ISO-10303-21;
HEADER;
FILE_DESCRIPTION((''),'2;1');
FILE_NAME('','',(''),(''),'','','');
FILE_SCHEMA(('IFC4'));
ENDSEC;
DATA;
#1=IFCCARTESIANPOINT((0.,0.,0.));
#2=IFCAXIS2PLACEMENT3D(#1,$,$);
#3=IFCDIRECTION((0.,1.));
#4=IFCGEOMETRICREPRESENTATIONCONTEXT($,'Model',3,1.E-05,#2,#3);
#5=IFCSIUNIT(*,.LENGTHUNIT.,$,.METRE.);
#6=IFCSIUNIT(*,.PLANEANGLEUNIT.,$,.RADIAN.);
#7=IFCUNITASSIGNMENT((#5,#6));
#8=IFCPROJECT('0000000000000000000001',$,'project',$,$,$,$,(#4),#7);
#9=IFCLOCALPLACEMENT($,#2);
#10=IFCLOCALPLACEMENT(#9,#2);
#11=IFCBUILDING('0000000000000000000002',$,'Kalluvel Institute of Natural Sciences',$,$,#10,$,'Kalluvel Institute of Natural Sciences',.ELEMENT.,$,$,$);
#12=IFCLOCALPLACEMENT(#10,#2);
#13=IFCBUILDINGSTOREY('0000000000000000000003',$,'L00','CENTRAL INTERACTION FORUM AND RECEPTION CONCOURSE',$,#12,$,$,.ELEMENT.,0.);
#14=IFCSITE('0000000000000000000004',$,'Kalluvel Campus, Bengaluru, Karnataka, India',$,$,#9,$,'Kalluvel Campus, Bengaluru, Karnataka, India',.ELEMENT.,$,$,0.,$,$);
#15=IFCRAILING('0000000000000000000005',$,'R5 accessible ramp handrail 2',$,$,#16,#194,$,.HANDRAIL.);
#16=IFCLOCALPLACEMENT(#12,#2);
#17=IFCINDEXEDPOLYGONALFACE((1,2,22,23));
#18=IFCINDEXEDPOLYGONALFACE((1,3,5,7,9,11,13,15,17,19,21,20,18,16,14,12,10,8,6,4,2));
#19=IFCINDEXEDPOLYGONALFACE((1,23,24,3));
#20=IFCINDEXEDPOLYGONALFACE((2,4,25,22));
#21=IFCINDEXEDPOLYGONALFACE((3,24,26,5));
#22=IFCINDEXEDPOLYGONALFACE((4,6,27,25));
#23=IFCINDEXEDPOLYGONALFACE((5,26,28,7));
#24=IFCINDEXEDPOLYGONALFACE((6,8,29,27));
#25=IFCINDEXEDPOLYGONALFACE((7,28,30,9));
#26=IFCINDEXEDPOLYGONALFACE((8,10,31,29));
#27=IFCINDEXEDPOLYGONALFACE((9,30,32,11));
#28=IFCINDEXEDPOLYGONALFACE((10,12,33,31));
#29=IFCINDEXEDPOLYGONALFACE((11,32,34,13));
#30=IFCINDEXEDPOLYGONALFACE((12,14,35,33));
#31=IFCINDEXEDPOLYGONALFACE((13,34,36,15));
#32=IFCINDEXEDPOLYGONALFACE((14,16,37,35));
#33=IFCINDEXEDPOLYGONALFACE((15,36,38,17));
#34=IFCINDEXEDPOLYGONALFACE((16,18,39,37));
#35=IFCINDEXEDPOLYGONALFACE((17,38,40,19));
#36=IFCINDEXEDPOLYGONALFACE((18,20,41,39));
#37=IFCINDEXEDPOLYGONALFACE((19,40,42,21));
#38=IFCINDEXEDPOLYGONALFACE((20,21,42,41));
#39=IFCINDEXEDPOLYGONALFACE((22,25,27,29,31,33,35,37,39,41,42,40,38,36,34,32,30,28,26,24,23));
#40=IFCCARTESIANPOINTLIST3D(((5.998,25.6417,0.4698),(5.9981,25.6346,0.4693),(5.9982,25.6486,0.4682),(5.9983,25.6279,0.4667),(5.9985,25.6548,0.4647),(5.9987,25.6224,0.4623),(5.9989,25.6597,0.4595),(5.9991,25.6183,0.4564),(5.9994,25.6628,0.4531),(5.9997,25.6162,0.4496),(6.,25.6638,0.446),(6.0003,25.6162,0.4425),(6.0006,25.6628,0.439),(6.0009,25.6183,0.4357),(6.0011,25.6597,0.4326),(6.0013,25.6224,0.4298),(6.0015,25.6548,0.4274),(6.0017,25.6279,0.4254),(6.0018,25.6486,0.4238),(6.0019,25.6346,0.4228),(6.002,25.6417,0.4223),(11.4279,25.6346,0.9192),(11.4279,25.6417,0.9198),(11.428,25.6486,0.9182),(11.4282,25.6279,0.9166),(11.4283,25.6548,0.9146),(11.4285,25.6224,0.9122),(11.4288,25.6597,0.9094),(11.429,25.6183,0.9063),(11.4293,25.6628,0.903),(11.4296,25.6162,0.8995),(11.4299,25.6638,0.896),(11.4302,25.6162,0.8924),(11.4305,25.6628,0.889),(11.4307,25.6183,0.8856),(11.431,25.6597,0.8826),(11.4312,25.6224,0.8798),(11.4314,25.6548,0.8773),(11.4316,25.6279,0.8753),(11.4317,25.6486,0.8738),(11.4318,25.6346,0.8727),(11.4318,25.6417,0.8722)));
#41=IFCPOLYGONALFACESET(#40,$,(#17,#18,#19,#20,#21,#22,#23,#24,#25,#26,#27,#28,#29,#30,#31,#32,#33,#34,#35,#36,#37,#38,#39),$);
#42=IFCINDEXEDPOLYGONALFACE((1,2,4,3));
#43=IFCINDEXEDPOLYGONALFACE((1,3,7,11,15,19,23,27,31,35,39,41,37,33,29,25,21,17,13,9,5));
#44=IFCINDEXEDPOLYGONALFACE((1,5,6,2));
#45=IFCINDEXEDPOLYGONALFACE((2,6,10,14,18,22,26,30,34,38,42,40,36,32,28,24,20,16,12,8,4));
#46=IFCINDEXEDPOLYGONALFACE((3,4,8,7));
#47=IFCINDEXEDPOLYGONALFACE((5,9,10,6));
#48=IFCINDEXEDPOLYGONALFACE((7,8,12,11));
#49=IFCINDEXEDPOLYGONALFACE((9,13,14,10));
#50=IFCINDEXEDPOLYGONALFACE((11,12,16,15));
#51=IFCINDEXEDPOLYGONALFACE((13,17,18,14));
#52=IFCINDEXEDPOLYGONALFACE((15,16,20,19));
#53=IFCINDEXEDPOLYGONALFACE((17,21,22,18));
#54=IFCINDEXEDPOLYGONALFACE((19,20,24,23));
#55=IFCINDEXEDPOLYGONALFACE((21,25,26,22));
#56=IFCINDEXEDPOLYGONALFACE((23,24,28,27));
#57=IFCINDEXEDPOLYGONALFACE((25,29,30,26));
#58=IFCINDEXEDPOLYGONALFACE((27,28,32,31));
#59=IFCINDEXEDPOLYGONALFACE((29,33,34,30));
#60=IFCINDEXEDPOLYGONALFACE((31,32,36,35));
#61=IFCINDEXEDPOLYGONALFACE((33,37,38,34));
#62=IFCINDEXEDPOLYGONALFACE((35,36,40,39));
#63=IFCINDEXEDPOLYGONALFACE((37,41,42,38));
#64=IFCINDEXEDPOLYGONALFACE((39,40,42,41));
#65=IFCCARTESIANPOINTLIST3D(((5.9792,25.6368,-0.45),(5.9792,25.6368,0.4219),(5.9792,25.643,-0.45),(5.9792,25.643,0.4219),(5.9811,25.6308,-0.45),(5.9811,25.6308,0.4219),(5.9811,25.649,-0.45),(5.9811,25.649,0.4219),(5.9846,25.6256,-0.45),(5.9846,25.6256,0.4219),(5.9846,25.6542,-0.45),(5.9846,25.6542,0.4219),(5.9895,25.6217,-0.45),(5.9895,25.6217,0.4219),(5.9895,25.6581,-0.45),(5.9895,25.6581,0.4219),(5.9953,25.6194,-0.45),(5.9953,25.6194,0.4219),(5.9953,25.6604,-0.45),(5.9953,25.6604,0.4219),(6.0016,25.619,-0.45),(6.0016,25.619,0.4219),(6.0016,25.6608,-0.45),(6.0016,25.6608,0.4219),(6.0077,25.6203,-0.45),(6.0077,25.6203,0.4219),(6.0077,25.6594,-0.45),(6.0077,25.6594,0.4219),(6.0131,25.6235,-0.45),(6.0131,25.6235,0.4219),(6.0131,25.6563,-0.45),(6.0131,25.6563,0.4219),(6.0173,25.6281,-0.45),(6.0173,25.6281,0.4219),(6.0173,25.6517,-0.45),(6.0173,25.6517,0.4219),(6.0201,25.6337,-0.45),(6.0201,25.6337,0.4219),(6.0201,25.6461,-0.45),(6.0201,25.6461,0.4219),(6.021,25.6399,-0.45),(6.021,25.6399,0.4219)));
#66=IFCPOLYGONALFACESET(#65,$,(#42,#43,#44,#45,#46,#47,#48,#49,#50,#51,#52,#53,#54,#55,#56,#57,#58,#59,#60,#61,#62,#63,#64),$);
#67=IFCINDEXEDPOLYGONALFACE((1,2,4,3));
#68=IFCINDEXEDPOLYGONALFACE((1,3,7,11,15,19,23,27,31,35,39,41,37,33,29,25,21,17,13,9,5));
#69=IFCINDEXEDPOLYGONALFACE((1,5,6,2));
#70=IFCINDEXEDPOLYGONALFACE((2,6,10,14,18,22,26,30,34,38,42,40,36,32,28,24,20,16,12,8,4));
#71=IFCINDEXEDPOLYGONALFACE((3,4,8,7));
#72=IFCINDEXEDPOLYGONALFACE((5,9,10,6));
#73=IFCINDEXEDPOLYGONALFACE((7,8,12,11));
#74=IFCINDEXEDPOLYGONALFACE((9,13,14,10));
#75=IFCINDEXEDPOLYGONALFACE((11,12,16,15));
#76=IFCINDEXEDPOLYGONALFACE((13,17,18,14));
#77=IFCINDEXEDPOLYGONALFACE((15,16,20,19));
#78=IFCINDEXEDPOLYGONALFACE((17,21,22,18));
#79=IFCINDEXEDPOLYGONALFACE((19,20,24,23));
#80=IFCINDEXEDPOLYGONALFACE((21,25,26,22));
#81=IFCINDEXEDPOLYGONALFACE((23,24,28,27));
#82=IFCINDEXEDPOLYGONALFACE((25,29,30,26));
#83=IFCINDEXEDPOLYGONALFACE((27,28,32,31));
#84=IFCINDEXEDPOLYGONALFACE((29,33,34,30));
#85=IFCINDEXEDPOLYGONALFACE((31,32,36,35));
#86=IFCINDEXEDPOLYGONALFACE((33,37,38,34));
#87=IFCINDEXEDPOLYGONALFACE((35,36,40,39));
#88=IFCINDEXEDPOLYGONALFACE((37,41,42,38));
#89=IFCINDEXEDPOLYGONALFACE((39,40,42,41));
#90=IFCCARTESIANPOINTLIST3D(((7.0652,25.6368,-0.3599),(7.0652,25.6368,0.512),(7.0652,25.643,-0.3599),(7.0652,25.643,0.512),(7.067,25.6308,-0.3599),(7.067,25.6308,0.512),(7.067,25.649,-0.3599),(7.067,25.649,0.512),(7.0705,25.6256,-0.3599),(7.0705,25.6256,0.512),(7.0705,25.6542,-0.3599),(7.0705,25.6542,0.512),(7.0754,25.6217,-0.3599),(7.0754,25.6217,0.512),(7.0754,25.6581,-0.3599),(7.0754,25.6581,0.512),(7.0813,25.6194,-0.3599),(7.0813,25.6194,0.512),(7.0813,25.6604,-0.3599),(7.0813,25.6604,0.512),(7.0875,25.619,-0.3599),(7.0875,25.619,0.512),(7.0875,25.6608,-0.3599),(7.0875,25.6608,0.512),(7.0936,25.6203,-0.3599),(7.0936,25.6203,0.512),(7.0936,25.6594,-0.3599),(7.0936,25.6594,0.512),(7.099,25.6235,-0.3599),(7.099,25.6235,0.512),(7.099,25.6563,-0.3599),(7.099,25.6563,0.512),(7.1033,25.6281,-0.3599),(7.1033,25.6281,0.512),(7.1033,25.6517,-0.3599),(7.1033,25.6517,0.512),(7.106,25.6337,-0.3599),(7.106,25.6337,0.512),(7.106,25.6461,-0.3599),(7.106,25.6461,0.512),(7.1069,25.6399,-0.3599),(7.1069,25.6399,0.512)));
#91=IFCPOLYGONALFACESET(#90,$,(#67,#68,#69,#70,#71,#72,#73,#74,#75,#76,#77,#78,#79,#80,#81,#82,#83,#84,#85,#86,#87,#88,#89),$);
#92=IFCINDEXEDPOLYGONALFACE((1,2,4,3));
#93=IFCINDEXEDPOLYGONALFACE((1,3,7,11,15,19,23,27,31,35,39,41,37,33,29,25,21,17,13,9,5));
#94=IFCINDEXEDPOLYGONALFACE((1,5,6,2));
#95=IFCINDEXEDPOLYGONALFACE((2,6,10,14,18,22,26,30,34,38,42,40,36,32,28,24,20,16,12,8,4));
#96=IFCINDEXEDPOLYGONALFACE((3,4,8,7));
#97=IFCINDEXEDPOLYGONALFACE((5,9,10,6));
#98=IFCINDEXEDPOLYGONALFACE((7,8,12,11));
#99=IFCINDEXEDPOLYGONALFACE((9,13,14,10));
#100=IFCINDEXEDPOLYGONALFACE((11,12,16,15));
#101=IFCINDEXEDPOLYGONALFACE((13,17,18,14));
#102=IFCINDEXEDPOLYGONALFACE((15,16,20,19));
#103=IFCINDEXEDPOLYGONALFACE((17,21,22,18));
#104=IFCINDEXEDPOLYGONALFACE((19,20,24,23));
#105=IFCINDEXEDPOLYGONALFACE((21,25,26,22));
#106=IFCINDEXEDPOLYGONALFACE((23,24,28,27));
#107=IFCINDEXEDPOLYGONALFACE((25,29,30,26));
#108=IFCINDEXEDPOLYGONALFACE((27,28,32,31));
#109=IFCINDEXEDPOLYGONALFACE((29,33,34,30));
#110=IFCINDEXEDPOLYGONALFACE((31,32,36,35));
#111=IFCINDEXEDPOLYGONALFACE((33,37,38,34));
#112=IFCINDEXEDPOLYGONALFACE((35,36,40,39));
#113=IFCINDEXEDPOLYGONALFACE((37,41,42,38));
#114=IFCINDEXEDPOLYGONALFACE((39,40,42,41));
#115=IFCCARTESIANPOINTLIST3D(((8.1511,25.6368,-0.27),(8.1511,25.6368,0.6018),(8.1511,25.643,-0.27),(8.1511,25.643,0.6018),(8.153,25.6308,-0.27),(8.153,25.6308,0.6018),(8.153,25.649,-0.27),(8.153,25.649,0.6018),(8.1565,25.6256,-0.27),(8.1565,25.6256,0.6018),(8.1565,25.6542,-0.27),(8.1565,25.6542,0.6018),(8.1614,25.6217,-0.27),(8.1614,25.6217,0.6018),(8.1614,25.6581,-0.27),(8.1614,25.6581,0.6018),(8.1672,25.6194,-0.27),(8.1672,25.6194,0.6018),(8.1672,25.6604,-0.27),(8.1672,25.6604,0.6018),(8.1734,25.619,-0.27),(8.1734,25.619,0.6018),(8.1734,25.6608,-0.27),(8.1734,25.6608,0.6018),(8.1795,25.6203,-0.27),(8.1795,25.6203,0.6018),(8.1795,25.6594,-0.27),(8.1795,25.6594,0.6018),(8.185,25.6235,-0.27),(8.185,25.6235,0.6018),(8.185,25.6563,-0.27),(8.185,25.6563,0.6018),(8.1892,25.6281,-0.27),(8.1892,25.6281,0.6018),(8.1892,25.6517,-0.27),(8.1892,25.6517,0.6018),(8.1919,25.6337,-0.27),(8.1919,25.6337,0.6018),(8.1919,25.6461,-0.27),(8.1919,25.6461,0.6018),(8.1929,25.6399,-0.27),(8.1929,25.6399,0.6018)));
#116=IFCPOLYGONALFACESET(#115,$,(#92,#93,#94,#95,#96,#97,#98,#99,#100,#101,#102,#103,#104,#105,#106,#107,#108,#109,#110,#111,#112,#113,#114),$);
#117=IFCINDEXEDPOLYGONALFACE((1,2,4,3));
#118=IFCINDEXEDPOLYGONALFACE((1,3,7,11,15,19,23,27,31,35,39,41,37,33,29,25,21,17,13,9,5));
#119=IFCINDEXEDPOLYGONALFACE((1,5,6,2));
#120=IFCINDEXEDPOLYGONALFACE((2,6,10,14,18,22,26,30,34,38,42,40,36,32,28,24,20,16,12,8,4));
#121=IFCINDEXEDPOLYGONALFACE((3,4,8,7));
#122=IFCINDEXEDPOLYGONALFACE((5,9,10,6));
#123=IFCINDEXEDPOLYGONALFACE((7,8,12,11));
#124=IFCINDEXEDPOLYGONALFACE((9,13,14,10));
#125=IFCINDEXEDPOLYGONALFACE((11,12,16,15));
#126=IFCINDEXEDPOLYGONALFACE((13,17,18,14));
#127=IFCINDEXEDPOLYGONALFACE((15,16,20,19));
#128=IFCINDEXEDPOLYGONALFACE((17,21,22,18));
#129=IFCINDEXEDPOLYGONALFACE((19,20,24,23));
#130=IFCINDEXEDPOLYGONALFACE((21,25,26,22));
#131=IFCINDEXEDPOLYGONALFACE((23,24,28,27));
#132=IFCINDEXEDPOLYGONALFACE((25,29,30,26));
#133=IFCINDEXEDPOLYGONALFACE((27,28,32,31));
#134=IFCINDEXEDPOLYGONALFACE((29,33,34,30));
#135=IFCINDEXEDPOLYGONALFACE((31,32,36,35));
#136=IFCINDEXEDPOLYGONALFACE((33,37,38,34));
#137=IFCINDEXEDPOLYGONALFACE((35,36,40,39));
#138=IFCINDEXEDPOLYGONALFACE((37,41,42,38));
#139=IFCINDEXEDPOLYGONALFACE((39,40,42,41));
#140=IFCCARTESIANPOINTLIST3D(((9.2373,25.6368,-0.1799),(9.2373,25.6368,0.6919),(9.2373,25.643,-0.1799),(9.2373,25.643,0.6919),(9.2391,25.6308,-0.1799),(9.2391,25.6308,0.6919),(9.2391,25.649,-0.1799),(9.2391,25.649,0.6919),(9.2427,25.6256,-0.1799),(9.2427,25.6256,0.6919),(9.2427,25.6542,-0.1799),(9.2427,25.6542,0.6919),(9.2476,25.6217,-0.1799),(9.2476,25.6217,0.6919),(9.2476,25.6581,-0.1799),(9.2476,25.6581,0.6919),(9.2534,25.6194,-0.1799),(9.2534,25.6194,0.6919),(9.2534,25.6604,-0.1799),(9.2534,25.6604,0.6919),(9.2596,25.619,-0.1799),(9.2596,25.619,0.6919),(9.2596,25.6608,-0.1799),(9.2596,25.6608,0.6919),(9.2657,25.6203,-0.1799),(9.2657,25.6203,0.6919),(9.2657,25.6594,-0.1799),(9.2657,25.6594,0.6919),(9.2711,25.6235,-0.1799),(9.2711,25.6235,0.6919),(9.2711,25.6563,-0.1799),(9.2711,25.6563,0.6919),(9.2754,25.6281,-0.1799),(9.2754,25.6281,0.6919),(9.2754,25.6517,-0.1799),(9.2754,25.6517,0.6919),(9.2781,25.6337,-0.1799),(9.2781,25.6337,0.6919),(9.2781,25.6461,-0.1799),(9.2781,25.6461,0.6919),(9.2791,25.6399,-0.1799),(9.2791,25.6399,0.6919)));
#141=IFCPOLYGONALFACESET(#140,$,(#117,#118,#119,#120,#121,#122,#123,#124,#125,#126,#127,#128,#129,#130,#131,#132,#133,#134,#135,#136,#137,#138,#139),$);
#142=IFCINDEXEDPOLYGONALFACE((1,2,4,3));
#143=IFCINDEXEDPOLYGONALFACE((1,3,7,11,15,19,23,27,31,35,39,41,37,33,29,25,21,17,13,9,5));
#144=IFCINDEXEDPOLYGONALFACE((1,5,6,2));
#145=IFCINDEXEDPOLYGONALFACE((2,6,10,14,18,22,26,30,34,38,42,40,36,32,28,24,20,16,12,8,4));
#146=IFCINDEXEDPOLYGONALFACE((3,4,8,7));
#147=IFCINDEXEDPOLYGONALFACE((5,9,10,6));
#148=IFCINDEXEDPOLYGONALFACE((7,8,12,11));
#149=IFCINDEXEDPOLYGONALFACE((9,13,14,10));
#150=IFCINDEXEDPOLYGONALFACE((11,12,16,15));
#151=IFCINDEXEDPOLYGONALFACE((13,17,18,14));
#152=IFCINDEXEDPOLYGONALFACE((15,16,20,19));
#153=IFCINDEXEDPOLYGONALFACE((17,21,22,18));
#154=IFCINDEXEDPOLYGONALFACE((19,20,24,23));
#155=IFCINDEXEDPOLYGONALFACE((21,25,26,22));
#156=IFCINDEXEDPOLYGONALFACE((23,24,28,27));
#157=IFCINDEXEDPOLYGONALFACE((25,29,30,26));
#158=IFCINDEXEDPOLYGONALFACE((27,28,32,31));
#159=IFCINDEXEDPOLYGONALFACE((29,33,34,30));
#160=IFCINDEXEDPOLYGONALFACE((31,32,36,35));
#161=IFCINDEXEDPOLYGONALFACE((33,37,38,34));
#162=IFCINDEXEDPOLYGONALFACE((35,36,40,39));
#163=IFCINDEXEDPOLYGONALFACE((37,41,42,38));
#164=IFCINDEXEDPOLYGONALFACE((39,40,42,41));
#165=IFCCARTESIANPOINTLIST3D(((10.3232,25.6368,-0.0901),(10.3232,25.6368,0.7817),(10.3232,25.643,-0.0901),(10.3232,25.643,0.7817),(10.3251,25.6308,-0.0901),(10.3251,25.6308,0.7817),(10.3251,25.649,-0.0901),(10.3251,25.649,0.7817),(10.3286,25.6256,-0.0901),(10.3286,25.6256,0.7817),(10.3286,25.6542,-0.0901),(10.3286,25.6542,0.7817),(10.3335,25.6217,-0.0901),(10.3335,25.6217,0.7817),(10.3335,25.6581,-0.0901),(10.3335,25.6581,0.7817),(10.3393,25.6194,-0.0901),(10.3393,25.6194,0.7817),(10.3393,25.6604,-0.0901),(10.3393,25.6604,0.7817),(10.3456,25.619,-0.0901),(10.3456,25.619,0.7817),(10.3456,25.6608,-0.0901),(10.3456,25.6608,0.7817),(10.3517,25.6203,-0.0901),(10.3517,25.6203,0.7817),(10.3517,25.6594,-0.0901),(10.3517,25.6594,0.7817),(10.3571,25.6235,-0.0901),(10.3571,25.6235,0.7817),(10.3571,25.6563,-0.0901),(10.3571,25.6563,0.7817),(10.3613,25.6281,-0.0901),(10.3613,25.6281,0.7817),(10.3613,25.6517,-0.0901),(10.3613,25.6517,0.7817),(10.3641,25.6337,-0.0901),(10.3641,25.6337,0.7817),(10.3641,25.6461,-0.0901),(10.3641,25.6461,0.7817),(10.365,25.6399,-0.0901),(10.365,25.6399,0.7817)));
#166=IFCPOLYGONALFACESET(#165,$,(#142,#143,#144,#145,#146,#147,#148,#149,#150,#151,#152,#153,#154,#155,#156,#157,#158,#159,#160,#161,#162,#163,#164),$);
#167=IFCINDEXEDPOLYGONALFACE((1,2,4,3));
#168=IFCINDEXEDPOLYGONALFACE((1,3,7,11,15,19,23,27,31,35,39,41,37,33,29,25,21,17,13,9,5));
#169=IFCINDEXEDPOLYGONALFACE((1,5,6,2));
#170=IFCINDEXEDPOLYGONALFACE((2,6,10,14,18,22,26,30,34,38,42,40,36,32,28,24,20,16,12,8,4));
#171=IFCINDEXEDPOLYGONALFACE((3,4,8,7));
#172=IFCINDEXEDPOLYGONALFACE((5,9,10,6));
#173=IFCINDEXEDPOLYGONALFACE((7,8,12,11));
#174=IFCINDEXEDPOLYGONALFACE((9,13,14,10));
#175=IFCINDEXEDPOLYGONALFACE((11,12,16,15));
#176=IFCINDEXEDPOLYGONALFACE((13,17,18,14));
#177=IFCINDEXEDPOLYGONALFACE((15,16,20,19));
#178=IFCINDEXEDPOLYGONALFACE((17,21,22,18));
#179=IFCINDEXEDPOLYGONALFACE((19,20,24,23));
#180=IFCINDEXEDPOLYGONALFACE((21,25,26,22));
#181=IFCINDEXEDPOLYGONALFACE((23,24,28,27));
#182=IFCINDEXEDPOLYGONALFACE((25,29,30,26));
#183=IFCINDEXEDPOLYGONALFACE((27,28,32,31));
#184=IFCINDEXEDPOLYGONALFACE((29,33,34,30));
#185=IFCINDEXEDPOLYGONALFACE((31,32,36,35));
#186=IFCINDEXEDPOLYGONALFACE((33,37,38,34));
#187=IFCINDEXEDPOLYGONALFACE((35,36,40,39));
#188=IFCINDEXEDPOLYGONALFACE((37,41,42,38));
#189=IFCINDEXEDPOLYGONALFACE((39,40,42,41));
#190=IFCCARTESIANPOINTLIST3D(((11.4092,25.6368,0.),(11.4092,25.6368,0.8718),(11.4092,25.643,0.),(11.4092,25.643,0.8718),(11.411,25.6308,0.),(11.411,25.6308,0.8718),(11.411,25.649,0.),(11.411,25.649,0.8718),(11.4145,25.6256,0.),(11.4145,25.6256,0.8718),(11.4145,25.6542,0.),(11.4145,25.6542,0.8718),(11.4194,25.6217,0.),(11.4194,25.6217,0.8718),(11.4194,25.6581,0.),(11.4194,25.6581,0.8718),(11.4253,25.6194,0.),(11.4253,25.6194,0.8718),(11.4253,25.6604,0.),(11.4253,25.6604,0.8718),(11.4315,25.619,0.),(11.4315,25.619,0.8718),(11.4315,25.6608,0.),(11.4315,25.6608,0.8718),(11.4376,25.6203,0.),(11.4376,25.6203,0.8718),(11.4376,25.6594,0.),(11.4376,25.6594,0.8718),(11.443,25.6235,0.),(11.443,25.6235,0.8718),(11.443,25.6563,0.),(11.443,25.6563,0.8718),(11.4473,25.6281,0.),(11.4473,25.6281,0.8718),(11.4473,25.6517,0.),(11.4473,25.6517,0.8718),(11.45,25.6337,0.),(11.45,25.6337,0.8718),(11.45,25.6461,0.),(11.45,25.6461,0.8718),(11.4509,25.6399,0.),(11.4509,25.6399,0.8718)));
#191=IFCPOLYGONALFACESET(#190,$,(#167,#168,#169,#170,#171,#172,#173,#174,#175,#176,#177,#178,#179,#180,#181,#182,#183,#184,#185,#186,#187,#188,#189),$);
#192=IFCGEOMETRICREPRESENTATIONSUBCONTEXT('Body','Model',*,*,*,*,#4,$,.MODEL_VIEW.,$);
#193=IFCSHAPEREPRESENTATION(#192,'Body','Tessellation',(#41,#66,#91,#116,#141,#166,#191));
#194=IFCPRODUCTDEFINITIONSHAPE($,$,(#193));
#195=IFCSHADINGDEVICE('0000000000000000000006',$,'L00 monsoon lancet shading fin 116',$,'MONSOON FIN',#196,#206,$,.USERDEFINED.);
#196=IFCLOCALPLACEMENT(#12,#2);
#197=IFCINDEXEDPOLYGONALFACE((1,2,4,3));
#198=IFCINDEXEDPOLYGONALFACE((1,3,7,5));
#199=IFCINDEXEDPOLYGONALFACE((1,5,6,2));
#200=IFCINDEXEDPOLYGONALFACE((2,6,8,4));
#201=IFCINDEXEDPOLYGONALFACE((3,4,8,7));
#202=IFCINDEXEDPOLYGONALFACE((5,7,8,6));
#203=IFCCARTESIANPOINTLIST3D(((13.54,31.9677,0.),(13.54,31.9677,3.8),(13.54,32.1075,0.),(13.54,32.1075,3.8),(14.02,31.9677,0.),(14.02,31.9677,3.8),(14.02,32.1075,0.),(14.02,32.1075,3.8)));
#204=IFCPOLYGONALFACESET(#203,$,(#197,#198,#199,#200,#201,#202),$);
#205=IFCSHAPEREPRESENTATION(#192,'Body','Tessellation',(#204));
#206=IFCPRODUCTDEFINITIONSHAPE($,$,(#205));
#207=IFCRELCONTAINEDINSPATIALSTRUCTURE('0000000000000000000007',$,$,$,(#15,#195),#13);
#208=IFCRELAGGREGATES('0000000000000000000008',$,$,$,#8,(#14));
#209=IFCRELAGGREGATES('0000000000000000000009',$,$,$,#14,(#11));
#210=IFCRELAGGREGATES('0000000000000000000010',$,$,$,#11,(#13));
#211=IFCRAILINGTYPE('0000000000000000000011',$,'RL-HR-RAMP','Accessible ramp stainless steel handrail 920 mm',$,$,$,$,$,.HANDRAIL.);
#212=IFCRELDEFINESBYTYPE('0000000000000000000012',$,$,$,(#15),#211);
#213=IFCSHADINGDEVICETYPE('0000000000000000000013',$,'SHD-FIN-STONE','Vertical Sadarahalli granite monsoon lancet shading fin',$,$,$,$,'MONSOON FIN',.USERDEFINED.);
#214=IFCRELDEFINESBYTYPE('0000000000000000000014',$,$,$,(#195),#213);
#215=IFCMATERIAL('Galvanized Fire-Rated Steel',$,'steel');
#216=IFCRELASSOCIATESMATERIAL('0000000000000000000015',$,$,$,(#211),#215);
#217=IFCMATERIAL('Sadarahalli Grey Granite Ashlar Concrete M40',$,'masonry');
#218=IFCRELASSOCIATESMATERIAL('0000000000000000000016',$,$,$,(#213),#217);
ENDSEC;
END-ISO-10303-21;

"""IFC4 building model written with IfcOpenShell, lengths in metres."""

from ifc_helpers import new_model, si_unit, direction, frame, origin, origin_2d, place, context, subcontext, project, spatial, rectangle, circle, extrude, material, type_object, element, save


model = new_model("IFC4")

# Units and contexts
model_context = context("Model", 3, precision=1e-05, world=origin(), true_north=direction((0.0, 1.0)))
body_context = subcontext(model_context, "Body", "Model", "MODEL_VIEW")
ifc_project = project(units=[si_unit("LENGTHUNIT", "METRE"), si_unit("PLANEANGLEUNIT", "RADIAN")], contexts=[model_context])

# Site, building, storey
site_placement = place(None, origin())
site = spatial("IfcSite", under=ifc_project, at=site_placement, Name="Kalluvel Campus, Bengaluru, Karnataka, India", LongName="Kalluvel Campus, Bengaluru, Karnataka, India", CompositionType="ELEMENT", RefElevation=0.0)
building_placement = place(site_placement, origin())
building = spatial("IfcBuilding", under=site, at=building_placement, Name="Kalluvel Institute of Natural Sciences", LongName="Kalluvel Institute of Natural Sciences", CompositionType="ELEMENT")
storey_placement = place(building_placement, origin())
storey = spatial("IfcBuildingStorey", under=building, at=storey_placement, Name="L00", Description="CENTRAL INTERACTION FORUM AND RECEPTION CONCOURSE", CompositionType="ELEMENT", Elevation=0.0)

# Railing
ifc_material_1 = material(Name="Galvanized Fire-Rated Steel", Category="steel")
railing_type = type_object("IfcRailingType", Name="RL-HR-RAMP", Description="Accessible ramp stainless steel handrail 920 mm", PredefinedType="HANDRAIL", material=ifc_material_1)
railing_placement = place(storey_placement, frame((6.0, 25.6399, -0.45)))
element("IfcRailing", 1, at=railing_placement, inside=storey, type_object=railing_type, Name="R5 accessible ramp handrail 2", PredefinedType="HANDRAIL", context=body_context, shape_type="SweptSolid", body=[
    extrude(circle(Radius=0.0239, at=origin_2d()), frame((0.0, 0.0, 0.896), z_axis=(0.996584, 0.0, 0.082582), x_axis=(0.0, 1.0, 0.0)), (0.0, 0.0, 1.0), 5.4485),
    extrude(circle(Radius=0.021, at=origin_2d()), origin(), (0.0, 0.0, 1.0), 0.8718),
    extrude(circle(Radius=0.021, at=origin_2d()), frame((1.0859, 0.0, 0.0901)), (0.0, 0.0, 1.0), 0.8718),
    extrude(circle(Radius=0.021, at=origin_2d()), frame((2.1719, 0.0, 0.1799)), (0.0, 0.0, 1.0), 0.8718),
    extrude(circle(Radius=0.021, at=origin_2d()), frame((3.2581, 0.0, 0.27)), (0.0, 0.0, 1.0), 0.8718),
    extrude(circle(Radius=0.021, at=origin_2d()), frame((4.344, 0.0, 0.3599)), (0.0, 0.0, 1.0), 0.8718),
    extrude(circle(Radius=0.021, at=origin_2d()), frame((5.4299, 0.0, 0.45)), (0.0, 0.0, 1.0), 0.8718),
])

# Shading device
ifc_material_2 = material(Name="Sadarahalli Grey Granite Ashlar Concrete M40", Category="masonry")
shading_device_type = type_object("IfcShadingDeviceType", Name="SHD-FIN-STONE", Description="Vertical Sadarahalli granite monsoon lancet shading fin", ElementType="MONSOON FIN", PredefinedType="USERDEFINED", material=ifc_material_2)
shading_device_placement = place(storey_placement, frame((13.78, 32.0376, 0.0), z_axis=(0.0, 0.0, 1.0), x_axis=(0.0, 1.0, 0.0)))
element("IfcShadingDevice", 2, at=shading_device_placement, inside=storey, type_object=shading_device_type, Name="L00 monsoon lancet shading fin 116", ObjectType="MONSOON FIN", PredefinedType="USERDEFINED", context=body_context, shape_type="SweptSolid", body=[
    extrude(rectangle(XDim=0.1399, YDim=0.48, at=origin_2d()), origin(), (0.0, 0.0, 1.0), 3.8),
])

save(model, "model.ifc")
